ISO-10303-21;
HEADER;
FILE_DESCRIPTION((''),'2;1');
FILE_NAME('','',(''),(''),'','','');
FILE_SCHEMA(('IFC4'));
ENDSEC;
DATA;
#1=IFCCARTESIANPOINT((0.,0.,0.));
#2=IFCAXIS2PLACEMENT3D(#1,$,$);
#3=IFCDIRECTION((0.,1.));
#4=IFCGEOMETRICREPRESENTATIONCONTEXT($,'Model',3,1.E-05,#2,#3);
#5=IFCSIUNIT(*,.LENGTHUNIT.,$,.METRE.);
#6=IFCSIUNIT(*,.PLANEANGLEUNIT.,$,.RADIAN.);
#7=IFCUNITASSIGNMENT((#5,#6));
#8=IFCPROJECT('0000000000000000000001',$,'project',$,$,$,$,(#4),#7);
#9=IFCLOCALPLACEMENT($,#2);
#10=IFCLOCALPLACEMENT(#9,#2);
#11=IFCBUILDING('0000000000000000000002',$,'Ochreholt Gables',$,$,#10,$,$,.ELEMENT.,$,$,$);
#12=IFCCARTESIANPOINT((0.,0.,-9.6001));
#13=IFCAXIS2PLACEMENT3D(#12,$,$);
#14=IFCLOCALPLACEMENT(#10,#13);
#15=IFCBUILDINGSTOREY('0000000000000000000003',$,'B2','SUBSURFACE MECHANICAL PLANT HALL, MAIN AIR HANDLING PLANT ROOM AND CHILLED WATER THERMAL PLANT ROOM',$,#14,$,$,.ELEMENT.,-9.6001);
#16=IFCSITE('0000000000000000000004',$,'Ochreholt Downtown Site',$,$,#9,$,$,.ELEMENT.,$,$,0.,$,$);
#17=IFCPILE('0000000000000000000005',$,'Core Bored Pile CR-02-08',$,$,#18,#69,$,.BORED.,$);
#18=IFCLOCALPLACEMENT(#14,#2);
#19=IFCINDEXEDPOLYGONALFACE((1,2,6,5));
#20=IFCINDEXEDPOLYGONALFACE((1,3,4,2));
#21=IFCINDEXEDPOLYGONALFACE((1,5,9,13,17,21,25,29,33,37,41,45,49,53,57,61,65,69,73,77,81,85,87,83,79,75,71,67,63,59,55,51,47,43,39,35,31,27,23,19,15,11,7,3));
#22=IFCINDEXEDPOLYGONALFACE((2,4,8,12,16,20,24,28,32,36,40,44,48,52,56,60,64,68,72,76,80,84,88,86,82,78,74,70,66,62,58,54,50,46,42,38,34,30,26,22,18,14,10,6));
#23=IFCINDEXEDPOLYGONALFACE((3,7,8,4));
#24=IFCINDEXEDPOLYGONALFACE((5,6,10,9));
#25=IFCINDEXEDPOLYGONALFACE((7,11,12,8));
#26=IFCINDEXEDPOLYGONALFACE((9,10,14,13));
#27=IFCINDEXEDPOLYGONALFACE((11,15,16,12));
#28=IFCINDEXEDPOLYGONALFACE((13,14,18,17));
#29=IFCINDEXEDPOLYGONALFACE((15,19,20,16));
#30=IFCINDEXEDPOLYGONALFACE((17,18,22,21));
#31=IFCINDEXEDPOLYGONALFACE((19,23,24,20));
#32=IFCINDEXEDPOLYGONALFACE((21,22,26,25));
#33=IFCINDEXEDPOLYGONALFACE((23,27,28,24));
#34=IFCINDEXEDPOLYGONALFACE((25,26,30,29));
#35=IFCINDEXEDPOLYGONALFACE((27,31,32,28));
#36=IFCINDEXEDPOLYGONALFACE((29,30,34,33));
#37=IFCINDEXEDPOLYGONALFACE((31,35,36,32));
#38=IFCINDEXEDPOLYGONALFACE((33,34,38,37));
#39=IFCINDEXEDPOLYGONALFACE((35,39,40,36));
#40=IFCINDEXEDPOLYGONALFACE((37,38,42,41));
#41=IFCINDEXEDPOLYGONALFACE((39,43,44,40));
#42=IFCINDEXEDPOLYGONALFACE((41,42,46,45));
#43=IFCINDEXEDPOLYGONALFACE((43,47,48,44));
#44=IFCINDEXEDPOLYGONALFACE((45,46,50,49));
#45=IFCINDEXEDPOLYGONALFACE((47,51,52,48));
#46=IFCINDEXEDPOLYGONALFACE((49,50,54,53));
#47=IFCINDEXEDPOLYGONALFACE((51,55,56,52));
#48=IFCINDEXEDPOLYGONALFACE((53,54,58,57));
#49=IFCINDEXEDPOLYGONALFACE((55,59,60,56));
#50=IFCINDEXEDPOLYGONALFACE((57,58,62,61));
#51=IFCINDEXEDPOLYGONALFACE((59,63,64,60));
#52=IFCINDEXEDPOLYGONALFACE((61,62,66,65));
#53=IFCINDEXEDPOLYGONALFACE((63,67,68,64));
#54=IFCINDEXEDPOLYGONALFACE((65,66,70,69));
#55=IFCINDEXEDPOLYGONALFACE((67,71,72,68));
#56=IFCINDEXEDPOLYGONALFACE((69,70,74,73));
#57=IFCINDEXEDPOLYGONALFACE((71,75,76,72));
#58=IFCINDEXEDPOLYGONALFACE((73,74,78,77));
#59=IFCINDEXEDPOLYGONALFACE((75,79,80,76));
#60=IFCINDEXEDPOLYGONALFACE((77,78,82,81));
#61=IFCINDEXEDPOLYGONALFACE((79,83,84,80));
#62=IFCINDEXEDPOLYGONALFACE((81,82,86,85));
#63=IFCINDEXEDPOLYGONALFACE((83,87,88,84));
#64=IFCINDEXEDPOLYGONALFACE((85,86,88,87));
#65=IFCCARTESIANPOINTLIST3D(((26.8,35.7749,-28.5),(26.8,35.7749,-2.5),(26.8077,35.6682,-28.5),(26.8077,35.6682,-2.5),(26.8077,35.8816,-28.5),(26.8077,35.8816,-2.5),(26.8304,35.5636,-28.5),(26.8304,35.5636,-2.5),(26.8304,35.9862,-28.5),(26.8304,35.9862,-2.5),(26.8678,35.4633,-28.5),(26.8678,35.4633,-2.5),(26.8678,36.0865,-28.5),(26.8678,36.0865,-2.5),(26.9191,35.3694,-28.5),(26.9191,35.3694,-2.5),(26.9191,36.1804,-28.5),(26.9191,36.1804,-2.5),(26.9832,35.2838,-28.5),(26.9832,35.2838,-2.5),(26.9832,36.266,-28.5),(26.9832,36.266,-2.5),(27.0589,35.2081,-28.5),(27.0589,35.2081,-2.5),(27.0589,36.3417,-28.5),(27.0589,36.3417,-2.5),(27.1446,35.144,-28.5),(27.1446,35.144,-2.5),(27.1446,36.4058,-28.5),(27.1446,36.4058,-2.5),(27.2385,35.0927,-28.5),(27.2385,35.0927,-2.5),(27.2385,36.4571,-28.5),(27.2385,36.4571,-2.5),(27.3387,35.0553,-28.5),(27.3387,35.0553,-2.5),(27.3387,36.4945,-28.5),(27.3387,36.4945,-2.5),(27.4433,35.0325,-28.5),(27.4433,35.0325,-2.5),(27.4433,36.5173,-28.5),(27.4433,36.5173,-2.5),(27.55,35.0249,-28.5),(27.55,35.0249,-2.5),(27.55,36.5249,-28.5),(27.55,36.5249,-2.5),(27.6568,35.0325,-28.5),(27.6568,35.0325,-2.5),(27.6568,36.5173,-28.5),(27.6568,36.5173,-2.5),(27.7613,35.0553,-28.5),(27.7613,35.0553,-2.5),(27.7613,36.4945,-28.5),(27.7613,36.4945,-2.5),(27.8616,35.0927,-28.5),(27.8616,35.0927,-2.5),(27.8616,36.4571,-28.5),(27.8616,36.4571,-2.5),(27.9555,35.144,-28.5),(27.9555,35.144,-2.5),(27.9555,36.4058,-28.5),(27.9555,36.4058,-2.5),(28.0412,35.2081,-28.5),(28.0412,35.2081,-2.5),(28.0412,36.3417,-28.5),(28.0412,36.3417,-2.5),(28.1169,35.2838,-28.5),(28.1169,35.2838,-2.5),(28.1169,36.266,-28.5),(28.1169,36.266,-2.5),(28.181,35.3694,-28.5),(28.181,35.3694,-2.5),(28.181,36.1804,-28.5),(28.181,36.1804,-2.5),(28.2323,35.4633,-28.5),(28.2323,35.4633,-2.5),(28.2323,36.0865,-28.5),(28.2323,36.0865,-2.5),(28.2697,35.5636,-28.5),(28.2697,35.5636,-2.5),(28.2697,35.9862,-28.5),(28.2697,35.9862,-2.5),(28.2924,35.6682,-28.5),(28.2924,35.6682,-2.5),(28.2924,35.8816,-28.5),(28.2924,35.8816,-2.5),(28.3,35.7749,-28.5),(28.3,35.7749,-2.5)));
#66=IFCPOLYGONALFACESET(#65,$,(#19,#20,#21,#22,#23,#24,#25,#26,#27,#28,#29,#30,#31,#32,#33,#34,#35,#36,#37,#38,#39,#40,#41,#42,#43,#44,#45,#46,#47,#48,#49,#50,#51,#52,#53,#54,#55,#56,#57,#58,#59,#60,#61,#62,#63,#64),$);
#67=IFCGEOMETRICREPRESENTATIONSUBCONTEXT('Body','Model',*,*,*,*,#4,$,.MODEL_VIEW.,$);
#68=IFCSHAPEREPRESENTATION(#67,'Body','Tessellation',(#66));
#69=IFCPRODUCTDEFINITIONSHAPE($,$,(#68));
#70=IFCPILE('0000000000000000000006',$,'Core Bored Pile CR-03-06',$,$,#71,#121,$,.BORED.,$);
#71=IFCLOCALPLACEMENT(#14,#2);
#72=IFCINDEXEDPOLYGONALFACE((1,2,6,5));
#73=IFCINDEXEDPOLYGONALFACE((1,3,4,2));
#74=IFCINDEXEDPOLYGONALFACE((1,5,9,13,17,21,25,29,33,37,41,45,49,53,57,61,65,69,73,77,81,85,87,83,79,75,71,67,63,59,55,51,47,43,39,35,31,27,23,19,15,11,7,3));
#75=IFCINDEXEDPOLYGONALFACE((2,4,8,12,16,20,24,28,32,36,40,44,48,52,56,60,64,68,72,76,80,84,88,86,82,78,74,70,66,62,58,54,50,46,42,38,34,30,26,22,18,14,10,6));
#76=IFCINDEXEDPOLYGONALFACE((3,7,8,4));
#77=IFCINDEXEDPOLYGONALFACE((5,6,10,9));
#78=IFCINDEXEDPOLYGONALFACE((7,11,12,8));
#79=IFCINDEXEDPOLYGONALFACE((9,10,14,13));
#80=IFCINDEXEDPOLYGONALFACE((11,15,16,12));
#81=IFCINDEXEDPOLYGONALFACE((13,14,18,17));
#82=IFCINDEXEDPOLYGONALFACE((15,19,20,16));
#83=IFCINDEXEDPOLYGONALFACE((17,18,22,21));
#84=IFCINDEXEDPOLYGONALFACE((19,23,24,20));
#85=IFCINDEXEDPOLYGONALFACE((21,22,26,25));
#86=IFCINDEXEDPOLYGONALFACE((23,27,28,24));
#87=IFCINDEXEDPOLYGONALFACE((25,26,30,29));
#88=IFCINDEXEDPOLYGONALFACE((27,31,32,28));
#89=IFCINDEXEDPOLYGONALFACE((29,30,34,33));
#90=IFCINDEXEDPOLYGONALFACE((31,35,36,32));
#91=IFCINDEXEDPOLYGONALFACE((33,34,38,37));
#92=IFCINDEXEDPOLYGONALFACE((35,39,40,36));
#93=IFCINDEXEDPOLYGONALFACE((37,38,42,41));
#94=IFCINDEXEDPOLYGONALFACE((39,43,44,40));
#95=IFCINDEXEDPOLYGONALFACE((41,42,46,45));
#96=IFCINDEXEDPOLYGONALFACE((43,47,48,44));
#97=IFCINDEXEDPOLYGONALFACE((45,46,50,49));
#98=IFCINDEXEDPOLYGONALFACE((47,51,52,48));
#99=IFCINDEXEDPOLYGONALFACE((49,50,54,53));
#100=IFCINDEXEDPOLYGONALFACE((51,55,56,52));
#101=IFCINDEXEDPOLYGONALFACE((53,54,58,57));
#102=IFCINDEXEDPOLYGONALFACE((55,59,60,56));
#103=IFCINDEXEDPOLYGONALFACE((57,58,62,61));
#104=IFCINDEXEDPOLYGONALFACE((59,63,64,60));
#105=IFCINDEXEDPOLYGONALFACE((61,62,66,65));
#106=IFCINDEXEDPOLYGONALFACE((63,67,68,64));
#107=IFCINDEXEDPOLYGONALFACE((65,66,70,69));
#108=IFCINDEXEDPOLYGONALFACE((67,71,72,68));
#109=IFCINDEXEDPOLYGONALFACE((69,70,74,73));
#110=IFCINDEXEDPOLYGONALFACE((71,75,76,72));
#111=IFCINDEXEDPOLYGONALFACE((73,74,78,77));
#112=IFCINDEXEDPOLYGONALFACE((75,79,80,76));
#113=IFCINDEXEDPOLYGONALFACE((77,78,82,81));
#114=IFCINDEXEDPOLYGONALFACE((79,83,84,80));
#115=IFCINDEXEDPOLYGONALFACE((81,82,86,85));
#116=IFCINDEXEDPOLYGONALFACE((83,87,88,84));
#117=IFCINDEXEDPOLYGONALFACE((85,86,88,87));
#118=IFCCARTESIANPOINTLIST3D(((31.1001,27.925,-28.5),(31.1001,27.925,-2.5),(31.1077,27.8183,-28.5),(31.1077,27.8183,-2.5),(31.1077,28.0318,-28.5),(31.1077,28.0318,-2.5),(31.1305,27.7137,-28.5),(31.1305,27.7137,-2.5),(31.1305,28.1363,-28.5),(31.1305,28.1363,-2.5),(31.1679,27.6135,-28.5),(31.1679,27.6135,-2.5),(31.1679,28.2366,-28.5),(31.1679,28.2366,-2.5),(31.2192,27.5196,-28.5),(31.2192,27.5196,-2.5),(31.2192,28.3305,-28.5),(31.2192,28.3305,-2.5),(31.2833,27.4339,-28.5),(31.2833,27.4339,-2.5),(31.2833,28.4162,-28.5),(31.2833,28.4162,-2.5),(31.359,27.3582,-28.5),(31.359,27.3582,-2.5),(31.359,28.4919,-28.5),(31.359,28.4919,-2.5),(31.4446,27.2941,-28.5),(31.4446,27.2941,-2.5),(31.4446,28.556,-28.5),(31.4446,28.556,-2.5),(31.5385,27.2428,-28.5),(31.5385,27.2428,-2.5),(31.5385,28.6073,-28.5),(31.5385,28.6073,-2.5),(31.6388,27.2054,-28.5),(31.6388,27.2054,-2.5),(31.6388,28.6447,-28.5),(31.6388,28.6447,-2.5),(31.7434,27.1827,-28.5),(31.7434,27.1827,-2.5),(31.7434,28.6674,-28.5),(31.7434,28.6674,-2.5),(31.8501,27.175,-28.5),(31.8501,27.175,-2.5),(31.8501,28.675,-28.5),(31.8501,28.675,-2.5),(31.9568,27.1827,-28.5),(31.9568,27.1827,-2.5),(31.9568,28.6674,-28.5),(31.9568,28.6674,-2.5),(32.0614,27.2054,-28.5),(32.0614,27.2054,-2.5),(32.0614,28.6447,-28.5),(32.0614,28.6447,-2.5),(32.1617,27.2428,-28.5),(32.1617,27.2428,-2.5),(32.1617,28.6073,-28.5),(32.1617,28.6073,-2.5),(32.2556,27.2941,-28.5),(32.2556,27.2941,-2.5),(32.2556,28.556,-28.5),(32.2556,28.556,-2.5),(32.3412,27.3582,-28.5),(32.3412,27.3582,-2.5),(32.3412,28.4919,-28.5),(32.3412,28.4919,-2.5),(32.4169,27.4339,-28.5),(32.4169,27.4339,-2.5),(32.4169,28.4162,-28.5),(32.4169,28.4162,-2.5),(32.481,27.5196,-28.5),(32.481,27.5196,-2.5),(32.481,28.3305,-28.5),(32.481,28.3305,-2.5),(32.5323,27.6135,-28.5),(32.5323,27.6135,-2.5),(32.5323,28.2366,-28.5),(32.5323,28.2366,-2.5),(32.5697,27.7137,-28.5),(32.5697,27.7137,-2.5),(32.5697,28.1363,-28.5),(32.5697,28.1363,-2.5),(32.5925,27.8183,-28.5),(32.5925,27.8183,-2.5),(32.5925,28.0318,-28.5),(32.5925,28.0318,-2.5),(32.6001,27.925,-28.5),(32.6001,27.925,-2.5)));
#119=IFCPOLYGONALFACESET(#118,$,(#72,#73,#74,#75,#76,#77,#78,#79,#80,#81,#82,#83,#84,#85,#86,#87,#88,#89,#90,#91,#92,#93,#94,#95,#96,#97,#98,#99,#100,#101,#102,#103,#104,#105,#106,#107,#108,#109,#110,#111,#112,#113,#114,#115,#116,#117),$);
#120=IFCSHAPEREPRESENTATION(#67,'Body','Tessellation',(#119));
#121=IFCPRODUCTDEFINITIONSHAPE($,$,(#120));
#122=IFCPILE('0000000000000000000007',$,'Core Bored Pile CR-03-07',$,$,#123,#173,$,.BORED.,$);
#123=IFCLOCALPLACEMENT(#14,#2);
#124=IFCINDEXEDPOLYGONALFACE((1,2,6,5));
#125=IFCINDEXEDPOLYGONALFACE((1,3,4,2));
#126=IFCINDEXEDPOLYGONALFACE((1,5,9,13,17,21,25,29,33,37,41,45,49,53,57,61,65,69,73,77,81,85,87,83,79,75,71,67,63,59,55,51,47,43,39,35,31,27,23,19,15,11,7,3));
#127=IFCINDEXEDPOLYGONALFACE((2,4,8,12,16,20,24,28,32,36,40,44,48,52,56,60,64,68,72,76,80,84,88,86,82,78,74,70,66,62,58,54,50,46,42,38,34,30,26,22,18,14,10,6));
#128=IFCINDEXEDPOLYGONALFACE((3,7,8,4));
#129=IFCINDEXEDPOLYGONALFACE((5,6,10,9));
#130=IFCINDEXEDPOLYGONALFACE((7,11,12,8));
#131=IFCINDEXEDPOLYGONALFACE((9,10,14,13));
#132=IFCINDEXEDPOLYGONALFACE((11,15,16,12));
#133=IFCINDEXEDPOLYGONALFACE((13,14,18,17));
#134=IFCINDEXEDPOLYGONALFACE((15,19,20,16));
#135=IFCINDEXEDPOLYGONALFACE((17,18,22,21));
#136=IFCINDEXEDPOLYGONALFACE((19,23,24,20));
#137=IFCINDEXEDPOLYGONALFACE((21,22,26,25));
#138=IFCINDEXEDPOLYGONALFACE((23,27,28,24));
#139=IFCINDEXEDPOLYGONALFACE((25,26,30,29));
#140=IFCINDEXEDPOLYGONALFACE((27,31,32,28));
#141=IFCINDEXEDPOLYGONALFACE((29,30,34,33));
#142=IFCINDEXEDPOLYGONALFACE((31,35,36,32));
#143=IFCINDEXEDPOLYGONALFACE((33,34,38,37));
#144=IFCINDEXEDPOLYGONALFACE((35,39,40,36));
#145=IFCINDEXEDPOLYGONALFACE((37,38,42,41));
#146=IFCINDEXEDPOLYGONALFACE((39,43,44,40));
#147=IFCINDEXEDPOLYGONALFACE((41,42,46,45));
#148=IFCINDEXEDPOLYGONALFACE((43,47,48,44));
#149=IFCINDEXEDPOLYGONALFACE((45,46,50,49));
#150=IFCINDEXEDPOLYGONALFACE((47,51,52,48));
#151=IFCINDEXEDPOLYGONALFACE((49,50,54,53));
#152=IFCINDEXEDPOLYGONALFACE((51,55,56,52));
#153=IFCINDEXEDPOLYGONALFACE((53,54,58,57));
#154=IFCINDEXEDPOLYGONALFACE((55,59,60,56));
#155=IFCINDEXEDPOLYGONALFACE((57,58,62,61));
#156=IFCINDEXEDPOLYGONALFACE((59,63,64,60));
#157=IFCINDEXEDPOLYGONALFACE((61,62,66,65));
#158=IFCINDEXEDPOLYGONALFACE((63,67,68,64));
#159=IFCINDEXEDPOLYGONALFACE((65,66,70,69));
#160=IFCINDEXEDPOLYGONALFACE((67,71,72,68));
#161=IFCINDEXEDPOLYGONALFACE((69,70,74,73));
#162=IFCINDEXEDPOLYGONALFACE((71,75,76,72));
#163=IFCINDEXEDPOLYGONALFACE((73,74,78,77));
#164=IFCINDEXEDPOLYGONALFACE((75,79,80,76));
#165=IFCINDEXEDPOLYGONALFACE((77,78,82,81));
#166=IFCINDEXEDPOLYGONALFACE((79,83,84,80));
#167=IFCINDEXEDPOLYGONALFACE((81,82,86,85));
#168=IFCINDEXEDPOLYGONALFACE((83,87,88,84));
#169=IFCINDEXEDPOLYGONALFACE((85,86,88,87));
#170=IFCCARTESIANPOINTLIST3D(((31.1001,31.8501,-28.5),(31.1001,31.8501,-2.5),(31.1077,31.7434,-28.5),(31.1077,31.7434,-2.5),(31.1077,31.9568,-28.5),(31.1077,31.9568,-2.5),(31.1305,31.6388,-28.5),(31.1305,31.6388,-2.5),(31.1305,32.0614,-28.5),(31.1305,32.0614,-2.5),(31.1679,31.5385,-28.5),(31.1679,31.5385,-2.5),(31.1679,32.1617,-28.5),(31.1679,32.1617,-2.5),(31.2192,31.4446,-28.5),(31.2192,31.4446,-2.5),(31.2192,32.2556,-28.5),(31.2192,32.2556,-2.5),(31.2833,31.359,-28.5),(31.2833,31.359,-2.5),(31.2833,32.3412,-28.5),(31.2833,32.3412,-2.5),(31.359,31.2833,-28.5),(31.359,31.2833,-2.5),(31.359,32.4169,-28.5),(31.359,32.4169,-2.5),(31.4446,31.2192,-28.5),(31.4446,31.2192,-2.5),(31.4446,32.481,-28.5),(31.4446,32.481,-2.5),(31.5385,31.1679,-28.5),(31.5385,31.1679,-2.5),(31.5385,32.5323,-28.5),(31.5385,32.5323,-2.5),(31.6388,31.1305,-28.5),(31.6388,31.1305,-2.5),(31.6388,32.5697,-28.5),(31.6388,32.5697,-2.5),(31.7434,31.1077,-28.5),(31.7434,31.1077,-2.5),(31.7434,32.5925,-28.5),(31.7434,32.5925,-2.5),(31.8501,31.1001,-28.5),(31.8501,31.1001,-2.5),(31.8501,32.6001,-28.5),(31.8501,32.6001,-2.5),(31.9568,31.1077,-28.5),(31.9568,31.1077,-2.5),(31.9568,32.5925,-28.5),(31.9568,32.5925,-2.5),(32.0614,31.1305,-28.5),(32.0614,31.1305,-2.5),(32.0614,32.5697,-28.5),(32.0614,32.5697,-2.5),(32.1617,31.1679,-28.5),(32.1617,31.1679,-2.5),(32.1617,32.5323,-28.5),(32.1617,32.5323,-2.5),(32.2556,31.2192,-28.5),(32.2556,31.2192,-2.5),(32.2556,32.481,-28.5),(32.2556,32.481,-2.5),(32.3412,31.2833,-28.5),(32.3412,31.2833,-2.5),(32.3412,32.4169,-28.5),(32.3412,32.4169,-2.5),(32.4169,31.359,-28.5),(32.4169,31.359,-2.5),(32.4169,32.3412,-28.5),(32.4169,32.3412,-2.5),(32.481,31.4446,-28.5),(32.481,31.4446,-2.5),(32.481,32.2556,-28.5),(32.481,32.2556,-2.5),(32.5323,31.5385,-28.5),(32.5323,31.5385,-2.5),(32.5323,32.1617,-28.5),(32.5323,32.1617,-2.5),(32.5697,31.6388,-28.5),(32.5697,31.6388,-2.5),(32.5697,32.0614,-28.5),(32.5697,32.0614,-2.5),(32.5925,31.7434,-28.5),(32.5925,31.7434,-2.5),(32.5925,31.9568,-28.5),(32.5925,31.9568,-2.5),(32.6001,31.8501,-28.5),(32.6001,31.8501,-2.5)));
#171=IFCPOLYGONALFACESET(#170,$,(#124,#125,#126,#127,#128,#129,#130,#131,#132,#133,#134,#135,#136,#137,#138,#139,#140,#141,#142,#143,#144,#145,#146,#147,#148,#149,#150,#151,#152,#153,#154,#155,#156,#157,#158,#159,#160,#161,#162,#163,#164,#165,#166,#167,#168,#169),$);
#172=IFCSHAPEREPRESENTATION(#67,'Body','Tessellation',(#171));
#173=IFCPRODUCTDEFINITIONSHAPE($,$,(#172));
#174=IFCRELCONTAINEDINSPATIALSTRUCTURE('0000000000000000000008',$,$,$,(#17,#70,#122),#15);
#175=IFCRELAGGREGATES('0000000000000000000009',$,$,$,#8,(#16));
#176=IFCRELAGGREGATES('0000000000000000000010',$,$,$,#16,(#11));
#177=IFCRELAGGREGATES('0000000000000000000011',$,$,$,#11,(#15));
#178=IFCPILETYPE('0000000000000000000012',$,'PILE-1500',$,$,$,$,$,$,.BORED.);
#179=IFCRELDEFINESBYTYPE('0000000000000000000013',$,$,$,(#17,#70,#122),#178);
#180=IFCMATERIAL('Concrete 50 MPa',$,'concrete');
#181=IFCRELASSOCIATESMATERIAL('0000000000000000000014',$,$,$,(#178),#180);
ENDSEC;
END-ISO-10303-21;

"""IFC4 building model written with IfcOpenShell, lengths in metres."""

from ifc_helpers import new_model, si_unit, direction, frame, origin, origin_2d, place, context, subcontext, project, spatial, circle, extrude, material, material_profile, profile_set, type_object, element, save


model = new_model("IFC4")

# Units and contexts
model_context = context("Model", 3, precision=1e-05, world=origin(), true_north=direction((0.0, 1.0)))
body_context = subcontext(model_context, "Body", "Model", "MODEL_VIEW")
ifc_project = project(units=[si_unit("LENGTHUNIT", "METRE"), si_unit("PLANEANGLEUNIT", "RADIAN")], contexts=[model_context])

# Site, building, storey
site_placement = place(None, origin())
site = spatial("IfcSite", under=ifc_project, at=site_placement, Name="Ochreholt Downtown Site", CompositionType="ELEMENT", RefElevation=0.0)
building_placement = place(site_placement, origin())
building = spatial("IfcBuilding", under=site, at=building_placement, Name="Ochreholt Gables", CompositionType="ELEMENT")
storey_placement = place(building_placement, frame((0.0, 0.0, -9.6001)))
storey = spatial("IfcBuildingStorey", under=building, at=storey_placement, Name="B2", Description="SUBSURFACE MECHANICAL PLANT HALL, MAIN AIR HANDLING PLANT ROOM AND CHILLED WATER THERMAL PLANT ROOM", CompositionType="ELEMENT", Elevation=-9.6001)

# Piles
ifc_material_1 = material(Name="Concrete 50 MPa", Category="concrete")
ifc_material_profile_1 = material_profile(ifc_material_1, circle(Radius=0.75, at=origin_2d()), Name="PILE1500")
ifc_profile_set_1 = profile_set([ifc_material_profile_1], Name="Concrete 50 MPa")
pile_type_1 = type_object("IfcPileType", Name="PILE-1500", PredefinedType="BORED", material=ifc_profile_set_1)
for number, where, z_axis, x_axis, name in (
    (1, (27.55, 35.7749, -2.5), (0.0, 0.0, -1.0), (1.0, 0.0, 0.0), "Core Bored Pile CR-02-08"),
    (2, (31.8501, 27.925, -2.5), (0.0, 0.0, -1.0), (1.0, 0.0, 0.0), "Core Bored Pile CR-03-06"),
    (3, (31.8501, 31.8501, -2.5), (0.0, 0.0, -1.0), (1.0, 0.0, 0.0), "Core Bored Pile CR-03-07"),
):
    element("IfcPile", number, at=place(storey_placement, frame(where, z_axis=z_axis, x_axis=x_axis)), inside=storey, type_object=pile_type_1, Name=name, PredefinedType="BORED", context=body_context, shape_type="SweptSolid", body=[
        extrude(circle(Radius=0.75, at=origin_2d()), origin(), (0.0, 0.0, 1.0), 26.0),
    ])

save(model, "model.ifc")
